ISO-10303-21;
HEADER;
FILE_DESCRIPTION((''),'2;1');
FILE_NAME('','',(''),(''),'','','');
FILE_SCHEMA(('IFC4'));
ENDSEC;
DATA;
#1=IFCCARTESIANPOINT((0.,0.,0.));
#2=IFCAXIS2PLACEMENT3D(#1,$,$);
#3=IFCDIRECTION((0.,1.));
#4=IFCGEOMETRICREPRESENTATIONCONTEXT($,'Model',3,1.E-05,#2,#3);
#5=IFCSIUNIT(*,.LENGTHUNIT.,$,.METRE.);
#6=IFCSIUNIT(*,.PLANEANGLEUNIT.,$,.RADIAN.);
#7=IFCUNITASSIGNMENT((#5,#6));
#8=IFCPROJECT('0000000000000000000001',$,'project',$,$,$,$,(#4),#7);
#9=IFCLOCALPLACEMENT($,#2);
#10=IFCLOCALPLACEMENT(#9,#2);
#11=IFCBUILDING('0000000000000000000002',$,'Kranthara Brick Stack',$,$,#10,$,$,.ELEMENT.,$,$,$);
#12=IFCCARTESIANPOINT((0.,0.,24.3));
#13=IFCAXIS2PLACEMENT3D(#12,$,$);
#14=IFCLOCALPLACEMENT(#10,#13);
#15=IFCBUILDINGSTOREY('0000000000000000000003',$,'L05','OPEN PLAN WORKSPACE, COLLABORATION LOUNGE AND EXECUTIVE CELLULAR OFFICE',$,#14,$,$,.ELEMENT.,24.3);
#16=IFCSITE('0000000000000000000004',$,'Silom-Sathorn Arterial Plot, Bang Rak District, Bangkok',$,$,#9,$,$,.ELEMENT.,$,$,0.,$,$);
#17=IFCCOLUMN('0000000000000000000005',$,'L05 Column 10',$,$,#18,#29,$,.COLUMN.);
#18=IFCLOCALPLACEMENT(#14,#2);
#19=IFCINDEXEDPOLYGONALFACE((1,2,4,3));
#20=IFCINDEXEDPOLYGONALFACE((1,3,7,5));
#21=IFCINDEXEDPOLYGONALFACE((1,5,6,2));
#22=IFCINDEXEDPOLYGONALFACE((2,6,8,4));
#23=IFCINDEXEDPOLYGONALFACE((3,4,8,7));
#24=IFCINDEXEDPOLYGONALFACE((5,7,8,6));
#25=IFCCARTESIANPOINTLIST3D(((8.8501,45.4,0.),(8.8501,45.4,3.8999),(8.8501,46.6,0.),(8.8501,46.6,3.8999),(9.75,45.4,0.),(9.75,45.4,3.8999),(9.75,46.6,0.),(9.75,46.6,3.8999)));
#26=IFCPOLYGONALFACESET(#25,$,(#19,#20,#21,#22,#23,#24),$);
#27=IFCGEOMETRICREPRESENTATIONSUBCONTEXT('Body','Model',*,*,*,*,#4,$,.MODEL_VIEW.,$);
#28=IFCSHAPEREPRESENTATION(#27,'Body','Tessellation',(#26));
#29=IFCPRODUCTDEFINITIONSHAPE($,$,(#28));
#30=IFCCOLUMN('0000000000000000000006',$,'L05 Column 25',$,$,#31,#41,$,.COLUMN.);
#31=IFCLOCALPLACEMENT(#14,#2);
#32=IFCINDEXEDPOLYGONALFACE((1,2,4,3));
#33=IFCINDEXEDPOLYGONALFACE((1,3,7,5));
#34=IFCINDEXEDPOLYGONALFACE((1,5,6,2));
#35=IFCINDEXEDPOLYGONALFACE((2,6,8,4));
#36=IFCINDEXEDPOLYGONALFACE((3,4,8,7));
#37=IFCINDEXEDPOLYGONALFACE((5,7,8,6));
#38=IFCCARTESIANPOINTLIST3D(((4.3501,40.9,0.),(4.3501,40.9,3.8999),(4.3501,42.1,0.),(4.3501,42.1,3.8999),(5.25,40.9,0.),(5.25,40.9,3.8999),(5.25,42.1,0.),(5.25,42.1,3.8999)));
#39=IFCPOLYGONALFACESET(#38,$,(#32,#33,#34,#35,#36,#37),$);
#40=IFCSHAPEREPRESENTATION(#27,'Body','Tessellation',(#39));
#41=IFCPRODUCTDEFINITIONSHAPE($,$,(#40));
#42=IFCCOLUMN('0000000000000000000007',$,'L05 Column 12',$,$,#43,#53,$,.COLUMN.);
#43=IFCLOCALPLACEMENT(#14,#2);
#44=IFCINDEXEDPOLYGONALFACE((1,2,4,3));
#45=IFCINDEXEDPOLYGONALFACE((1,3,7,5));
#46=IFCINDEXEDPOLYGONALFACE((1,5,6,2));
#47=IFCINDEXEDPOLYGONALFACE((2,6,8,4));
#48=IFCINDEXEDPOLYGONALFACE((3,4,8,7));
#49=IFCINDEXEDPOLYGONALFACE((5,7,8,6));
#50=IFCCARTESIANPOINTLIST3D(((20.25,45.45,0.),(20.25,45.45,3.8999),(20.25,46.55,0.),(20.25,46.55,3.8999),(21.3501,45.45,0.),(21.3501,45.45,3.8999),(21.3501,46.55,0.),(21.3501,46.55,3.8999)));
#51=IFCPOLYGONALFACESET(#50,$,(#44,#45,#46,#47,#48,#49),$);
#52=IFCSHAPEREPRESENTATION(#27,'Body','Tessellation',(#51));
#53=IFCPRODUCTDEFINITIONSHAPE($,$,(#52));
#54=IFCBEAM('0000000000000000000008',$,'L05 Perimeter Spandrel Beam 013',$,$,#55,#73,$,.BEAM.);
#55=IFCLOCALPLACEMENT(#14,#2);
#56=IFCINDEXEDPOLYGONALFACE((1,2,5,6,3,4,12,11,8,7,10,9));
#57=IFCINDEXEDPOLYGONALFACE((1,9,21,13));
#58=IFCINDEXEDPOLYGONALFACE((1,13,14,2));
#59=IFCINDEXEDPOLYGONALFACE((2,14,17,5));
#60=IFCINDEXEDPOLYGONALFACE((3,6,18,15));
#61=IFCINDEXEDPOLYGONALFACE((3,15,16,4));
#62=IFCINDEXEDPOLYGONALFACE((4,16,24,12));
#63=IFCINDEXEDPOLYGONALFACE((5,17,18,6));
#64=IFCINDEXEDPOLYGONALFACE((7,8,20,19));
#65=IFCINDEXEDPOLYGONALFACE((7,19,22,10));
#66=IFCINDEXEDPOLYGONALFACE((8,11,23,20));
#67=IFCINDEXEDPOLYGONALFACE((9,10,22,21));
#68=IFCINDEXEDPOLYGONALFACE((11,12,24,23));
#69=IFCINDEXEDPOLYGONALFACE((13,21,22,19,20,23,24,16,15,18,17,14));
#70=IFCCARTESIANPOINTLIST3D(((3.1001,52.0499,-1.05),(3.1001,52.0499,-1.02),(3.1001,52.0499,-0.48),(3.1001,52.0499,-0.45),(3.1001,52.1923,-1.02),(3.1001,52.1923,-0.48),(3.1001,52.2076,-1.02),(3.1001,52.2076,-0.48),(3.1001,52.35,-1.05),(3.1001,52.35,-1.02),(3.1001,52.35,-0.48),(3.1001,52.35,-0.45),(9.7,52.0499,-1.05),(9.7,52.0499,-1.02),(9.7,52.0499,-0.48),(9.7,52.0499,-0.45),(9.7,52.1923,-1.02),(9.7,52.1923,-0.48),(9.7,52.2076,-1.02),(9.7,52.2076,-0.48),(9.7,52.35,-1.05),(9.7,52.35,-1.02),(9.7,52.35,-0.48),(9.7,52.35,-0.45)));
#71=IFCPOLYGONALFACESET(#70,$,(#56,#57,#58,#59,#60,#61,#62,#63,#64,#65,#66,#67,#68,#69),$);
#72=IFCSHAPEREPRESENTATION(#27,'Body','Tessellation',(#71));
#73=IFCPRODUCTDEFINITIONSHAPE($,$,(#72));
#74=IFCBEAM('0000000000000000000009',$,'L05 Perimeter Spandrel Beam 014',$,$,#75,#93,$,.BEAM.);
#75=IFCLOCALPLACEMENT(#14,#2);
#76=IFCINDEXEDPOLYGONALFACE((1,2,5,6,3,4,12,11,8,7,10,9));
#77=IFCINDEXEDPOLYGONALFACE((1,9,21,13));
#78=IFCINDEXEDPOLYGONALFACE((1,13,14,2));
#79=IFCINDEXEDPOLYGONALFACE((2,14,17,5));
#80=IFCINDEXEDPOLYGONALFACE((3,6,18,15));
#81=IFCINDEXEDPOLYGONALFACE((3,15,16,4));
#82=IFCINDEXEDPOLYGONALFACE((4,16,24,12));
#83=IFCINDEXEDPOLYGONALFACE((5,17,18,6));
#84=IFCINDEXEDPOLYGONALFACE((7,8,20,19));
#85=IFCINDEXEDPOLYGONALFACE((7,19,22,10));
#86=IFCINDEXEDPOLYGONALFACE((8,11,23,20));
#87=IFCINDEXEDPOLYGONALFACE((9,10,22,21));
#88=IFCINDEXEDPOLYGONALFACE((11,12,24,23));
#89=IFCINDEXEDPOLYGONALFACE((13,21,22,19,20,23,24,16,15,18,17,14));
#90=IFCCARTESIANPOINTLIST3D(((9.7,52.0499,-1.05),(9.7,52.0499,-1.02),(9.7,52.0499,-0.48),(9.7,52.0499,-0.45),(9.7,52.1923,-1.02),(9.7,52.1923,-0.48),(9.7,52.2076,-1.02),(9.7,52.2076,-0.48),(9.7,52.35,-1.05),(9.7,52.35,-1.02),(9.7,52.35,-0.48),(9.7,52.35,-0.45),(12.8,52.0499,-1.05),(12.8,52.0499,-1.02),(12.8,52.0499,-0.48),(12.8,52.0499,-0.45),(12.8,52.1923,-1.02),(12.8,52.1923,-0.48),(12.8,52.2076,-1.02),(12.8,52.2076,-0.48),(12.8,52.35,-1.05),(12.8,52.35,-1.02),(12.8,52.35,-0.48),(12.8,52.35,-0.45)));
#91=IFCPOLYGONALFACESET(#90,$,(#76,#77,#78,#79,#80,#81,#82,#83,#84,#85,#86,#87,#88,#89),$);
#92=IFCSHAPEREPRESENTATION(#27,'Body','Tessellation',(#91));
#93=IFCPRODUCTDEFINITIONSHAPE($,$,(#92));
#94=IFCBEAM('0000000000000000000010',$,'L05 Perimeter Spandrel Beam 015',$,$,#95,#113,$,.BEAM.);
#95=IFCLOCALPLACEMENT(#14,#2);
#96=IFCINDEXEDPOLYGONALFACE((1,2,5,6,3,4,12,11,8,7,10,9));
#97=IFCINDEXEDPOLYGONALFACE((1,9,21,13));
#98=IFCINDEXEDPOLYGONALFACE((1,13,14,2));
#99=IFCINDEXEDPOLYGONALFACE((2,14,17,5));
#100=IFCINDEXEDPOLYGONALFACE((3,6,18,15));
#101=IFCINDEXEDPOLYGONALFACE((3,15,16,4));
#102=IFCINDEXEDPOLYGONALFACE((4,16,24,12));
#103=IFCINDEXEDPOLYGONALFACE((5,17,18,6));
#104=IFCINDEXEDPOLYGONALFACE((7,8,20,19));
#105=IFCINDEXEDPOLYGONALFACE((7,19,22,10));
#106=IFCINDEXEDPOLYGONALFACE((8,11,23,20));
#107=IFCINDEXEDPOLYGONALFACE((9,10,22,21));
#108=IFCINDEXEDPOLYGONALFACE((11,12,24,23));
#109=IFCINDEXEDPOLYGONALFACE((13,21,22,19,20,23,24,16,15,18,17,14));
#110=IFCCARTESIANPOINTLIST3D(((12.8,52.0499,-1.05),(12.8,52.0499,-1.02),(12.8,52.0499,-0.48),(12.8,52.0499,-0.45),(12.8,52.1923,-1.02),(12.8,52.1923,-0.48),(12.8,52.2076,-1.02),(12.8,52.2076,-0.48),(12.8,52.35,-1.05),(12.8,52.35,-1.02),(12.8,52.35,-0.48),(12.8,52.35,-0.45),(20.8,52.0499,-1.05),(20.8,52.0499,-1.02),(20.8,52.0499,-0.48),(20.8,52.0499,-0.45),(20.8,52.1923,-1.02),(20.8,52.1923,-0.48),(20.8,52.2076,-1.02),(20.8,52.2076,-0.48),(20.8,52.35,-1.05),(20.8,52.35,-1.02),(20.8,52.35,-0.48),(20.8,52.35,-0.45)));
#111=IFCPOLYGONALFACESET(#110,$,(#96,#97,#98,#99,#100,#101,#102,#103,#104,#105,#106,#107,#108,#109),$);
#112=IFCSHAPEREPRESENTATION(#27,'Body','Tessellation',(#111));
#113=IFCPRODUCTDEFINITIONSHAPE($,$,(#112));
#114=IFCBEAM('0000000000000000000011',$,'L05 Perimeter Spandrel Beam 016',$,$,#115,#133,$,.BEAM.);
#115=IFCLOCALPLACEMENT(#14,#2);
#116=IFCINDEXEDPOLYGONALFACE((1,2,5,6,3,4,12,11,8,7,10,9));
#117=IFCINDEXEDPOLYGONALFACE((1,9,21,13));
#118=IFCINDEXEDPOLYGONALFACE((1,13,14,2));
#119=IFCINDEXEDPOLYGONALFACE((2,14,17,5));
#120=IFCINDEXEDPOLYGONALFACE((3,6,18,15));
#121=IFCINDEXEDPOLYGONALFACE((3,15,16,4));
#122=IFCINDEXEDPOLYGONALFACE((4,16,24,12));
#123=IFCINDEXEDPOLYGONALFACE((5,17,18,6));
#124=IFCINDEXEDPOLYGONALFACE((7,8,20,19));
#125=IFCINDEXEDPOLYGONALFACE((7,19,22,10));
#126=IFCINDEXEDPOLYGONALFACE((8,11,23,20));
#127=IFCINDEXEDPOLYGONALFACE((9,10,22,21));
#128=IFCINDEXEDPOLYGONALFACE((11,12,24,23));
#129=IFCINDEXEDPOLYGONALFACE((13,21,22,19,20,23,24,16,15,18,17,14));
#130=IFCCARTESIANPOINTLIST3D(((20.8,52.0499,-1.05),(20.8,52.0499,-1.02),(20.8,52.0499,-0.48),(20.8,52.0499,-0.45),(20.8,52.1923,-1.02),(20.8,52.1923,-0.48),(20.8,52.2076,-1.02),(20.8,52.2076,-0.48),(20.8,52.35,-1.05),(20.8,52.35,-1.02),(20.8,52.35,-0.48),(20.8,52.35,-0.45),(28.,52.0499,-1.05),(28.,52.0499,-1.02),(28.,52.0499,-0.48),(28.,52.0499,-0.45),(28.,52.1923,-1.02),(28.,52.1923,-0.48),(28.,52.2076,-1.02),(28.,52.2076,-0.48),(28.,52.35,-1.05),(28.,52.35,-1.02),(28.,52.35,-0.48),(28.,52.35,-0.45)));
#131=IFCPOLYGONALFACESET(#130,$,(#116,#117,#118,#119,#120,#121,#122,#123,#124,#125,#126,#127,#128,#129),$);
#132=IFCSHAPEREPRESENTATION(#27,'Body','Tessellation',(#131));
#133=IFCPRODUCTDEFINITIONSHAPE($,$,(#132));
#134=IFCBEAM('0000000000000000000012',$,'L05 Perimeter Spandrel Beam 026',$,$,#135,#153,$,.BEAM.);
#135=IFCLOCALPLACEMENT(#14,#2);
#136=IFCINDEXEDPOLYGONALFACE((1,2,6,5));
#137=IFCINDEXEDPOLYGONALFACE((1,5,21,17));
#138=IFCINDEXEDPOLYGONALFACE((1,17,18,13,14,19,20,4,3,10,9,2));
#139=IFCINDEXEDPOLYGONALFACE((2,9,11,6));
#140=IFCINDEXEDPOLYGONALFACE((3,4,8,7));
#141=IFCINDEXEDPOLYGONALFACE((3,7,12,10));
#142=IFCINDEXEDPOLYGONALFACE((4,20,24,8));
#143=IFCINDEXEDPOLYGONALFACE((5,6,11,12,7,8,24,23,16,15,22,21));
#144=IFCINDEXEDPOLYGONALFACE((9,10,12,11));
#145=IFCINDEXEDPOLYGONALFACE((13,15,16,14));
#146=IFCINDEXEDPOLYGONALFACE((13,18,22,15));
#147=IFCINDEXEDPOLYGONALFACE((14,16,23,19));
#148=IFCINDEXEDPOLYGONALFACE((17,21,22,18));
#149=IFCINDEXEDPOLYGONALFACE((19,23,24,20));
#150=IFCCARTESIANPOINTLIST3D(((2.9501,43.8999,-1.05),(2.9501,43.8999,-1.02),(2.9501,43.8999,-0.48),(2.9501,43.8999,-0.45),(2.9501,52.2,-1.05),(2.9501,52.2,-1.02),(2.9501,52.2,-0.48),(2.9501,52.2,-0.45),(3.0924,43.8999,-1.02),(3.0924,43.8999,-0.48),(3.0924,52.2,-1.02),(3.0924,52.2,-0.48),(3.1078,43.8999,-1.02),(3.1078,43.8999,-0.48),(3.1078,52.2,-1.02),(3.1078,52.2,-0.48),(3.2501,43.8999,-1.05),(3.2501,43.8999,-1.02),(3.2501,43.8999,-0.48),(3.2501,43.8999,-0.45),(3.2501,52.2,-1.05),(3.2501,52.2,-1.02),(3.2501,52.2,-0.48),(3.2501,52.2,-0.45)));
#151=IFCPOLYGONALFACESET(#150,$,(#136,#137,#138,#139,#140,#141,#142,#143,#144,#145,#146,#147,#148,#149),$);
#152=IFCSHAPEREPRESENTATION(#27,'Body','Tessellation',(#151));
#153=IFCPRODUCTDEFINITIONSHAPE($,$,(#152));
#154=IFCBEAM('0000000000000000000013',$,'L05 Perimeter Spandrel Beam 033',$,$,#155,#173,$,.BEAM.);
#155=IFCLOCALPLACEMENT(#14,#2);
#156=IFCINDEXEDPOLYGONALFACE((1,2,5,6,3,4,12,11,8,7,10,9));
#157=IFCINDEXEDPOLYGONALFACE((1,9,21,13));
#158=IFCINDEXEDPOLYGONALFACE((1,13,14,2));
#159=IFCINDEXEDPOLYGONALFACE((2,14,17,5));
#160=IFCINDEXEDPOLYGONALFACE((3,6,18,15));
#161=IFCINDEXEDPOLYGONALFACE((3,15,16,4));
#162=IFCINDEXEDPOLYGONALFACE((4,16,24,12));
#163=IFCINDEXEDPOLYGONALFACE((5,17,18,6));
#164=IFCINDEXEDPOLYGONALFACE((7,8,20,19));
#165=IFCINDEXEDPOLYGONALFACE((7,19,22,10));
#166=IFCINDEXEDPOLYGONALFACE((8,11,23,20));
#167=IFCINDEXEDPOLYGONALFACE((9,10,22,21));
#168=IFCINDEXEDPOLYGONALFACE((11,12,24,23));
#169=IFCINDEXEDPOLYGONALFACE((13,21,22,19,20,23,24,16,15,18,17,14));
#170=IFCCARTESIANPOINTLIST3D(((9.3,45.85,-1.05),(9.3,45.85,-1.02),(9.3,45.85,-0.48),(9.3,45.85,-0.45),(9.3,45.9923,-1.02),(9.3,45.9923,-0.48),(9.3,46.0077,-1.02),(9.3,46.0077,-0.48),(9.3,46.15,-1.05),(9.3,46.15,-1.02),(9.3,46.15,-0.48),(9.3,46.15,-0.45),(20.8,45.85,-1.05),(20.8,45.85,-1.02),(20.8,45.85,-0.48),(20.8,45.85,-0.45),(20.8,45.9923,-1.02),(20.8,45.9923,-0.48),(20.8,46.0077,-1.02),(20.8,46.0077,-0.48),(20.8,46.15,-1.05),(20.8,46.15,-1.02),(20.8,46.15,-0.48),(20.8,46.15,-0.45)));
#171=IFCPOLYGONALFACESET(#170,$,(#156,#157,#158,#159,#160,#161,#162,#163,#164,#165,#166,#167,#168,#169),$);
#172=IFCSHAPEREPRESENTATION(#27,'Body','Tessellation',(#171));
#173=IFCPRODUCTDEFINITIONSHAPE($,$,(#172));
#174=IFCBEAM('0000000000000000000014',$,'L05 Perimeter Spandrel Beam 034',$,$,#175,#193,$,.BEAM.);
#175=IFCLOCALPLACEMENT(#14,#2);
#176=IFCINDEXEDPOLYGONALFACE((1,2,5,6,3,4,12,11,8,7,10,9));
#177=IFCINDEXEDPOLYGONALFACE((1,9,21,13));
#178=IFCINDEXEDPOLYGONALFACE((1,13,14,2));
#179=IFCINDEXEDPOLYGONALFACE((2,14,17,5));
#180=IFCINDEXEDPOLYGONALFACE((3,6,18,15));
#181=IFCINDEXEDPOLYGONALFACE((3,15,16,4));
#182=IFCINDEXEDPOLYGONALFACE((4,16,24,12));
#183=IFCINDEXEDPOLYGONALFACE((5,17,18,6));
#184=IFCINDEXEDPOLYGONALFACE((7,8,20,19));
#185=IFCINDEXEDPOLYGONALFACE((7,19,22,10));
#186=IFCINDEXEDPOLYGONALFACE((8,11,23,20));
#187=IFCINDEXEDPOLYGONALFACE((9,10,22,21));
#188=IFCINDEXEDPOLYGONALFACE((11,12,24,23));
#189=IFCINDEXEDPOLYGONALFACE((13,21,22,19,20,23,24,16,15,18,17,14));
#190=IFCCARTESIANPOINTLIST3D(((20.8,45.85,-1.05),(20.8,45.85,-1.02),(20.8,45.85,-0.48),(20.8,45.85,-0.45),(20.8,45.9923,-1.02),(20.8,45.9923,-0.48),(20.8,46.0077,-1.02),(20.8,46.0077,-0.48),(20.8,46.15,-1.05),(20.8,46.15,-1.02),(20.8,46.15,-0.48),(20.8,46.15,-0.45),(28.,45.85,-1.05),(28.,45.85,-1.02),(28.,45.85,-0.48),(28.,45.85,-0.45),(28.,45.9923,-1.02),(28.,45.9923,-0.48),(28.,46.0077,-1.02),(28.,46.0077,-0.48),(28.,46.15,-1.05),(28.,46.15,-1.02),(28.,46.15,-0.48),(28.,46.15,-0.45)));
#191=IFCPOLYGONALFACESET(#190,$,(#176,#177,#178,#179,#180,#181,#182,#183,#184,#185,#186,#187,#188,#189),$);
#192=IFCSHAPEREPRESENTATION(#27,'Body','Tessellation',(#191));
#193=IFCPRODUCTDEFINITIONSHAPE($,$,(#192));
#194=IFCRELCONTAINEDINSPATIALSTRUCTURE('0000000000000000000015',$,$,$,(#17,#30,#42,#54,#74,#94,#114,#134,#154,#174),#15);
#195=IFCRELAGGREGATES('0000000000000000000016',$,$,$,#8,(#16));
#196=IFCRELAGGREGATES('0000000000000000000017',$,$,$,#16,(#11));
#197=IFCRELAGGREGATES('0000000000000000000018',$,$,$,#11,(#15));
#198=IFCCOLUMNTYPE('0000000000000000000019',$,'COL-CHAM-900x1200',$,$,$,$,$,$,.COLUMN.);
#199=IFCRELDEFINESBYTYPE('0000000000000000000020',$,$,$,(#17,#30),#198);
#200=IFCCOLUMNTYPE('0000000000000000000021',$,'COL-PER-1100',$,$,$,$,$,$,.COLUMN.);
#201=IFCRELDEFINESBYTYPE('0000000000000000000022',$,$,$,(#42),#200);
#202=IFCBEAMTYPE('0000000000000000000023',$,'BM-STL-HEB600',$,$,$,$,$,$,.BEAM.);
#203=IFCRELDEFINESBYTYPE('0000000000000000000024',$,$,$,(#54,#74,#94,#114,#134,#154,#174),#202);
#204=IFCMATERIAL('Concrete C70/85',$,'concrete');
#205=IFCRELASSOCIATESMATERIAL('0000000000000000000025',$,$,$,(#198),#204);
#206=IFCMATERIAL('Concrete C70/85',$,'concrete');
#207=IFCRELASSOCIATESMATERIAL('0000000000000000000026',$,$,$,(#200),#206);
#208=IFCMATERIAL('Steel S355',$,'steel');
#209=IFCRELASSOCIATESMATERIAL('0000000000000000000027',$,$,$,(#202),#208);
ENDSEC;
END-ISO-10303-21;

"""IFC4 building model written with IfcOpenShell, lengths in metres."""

from ifc_helpers import new_model, si_unit, direction, frame, origin, origin_2d, place, context, subcontext, project, spatial, rectangle, i_section, extrude, material, material_profile, profile_set, type_object, element, save


model = new_model("IFC4")

# Units and contexts
model_context = context("Model", 3, precision=1e-05, world=origin(), true_north=direction((0.0, 1.0)))
body_context = subcontext(model_context, "Body", "Model", "MODEL_VIEW")
ifc_project = project(units=[si_unit("LENGTHUNIT", "METRE"), si_unit("PLANEANGLEUNIT", "RADIAN")], contexts=[model_context])

# Site, building, storey
site_placement = place(None, origin())
site = spatial("IfcSite", under=ifc_project, at=site_placement, Name="Silom-Sathorn Arterial Plot, Bang Rak District, Bangkok", CompositionType="ELEMENT", RefElevation=0.0)
building_placement = place(site_placement, origin())
building = spatial("IfcBuilding", under=site, at=building_placement, Name="Kranthara Brick Stack", CompositionType="ELEMENT")
storey_placement = place(building_placement, frame((0.0, 0.0, 24.3)))
storey = spatial("IfcBuildingStorey", under=building, at=storey_placement, Name="L05", Description="OPEN PLAN WORKSPACE, COLLABORATION LOUNGE AND EXECUTIVE CELLULAR OFFICE", CompositionType="ELEMENT", Elevation=24.3)

# Columns
ifc_material_1 = material(Name="Concrete C70/85", Category="concrete")
ifc_material_profile_1 = material_profile(ifc_material_1, rectangle(XDim=0.8999, YDim=1.2, at=origin_2d()), Name="RC 900x1200")
ifc_profile_set_1 = profile_set([ifc_material_profile_1], Name="Concrete C70/85")
column_type_1 = type_object("IfcColumnType", Name="COL-CHAM-900x1200", PredefinedType="COLUMN", material=ifc_profile_set_1)
for number, where, z_axis, x_axis, name in (
    (1, (9.3, 46.0, 0.0), (0.0, 0.0, 1.0), (1.0, 0.0, 0.0), "L05 Column 10"),
    (2, (4.8, 41.5, 0.0), (0.0, 0.0, 1.0), (1.0, 0.0, 0.0), "L05 Column 25"),
):
    element("IfcColumn", number, at=place(storey_placement, frame(where, z_axis=z_axis, x_axis=x_axis)), inside=storey, type_object=column_type_1, Name=name, PredefinedType="COLUMN", context=body_context, shape_type="SweptSolid", body=[
        extrude(rectangle(XDim=0.8999, YDim=1.2, at=origin_2d()), origin(), (0.0, 0.0, 1.0), 3.8999),
    ])
ifc_material_2 = material(Name="Concrete C70/85", Category="concrete")
ifc_material_profile_2 = material_profile(ifc_material_2, rectangle(XDim=1.1001, YDim=1.1001, at=origin_2d()), Name="RC 1100x1100")
ifc_profile_set_2 = profile_set([ifc_material_profile_2], Name="Concrete C70/85")
column_type_2 = type_object("IfcColumnType", Name="COL-PER-1100", PredefinedType="COLUMN", material=ifc_profile_set_2)
column_placement = place(storey_placement, frame((20.8, 46.0, 0.0), z_axis=(0.0, 0.0, 1.0), x_axis=(1.0, 0.0, 0.0)))
element("IfcColumn", 3, at=column_placement, inside=storey, type_object=column_type_2, Name="L05 Column 12", PredefinedType="COLUMN", context=body_context, shape_type="SweptSolid", body=[
    extrude(rectangle(XDim=1.1001, YDim=1.1001, at=origin_2d()), origin(), (0.0, 0.0, 1.0), 3.8999),
])

# Beams
ifc_material_3 = material(Name="Steel S355", Category="steel")
ifc_material_profile_3 = material_profile(ifc_material_3, i_section(OverallWidth=0.3, OverallDepth=0.6001, WebThickness=0.0154, FlangeThickness=0.03, at=origin_2d()), Name="HEB 600")
ifc_profile_set_3 = profile_set([ifc_material_profile_3], Name="Steel S355")
beam_type_1 = type_object("IfcBeamType", Name="BM-STL-HEB600", PredefinedType="BEAM", material=ifc_profile_set_3)
beam_1_placement = place(storey_placement, frame((3.1001, 52.2, -0.75), z_axis=(1.0, 0.0, 0.0), x_axis=(0.0, 1.0, 0.0)))
element("IfcBeam", 4, at=beam_1_placement, inside=storey, type_object=beam_type_1, Name="L05 Perimeter Spandrel Beam 013", PredefinedType="BEAM", context=body_context, shape_type="SweptSolid", body=[
    extrude(i_section(OverallWidth=0.3, OverallDepth=0.6001, WebThickness=0.0154, FlangeThickness=0.03, at=origin_2d()), origin(), (0.0, 0.0, 1.0), 6.5999),
])
beam_2_placement = place(storey_placement, frame((9.7, 52.2, -0.75), z_axis=(1.0, 0.0, 0.0), x_axis=(0.0, 1.0, 0.0)))
element("IfcBeam", 5, at=beam_2_placement, inside=storey, type_object=beam_type_1, Name="L05 Perimeter Spandrel Beam 014", PredefinedType="BEAM", context=body_context, shape_type="SweptSolid", body=[
    extrude(i_section(OverallWidth=0.3, OverallDepth=0.6001, WebThickness=0.0154, FlangeThickness=0.03, at=origin_2d()), origin(), (0.0, 0.0, 1.0), 3.1001),
])
beam_3_placement = place(storey_placement, frame((12.8, 52.2, -0.75), z_axis=(1.0, 0.0, 0.0), x_axis=(0.0, 1.0, 0.0)))
element("IfcBeam", 6, at=beam_3_placement, inside=storey, type_object=beam_type_1, Name="L05 Perimeter Spandrel Beam 015", PredefinedType="BEAM", context=body_context, shape_type="SweptSolid", body=[
    extrude(i_section(OverallWidth=0.3, OverallDepth=0.6001, WebThickness=0.0154, FlangeThickness=0.03, at=origin_2d()), origin(), (0.0, 0.0, 1.0), 8.0),
])
beam_4_placement = place(storey_placement, frame((20.8, 52.2, -0.75), z_axis=(1.0, 0.0, 0.0), x_axis=(0.0, 1.0, 0.0)))
element("IfcBeam", 7, at=beam_4_placement, inside=storey, type_object=beam_type_1, Name="L05 Perimeter Spandrel Beam 016", PredefinedType="BEAM", context=body_context, shape_type="SweptSolid", body=[
    extrude(i_section(OverallWidth=0.3, OverallDepth=0.6001, WebThickness=0.0154, FlangeThickness=0.03, at=origin_2d()), origin(), (0.0, 0.0, 1.0), 7.2),
])
beam_5_placement = place(storey_placement, frame((3.1001, 43.8999, -0.75), z_axis=(0.0, 1.0, 0.0), x_axis=(-1.0, 0.0, 0.0)))
element("IfcBeam", 8, at=beam_5_placement, inside=storey, type_object=beam_type_1, Name="L05 Perimeter Spandrel Beam 026", PredefinedType="BEAM", context=body_context, shape_type="SweptSolid", body=[
    extrude(i_section(OverallWidth=0.3, OverallDepth=0.6001, WebThickness=0.0154, FlangeThickness=0.03, at=origin_2d()), origin(), (0.0, 0.0, 1.0), 8.3),
])
beam_6_placement = place(storey_placement, frame((9.3, 46.0, -0.75), z_axis=(1.0, 0.0, 0.0), x_axis=(0.0, 1.0, 0.0)))
element("IfcBeam", 9, at=beam_6_placement, inside=storey, type_object=beam_type_1, Name="L05 Perimeter Spandrel Beam 033", PredefinedType="BEAM", context=body_context, shape_type="SweptSolid", body=[
    extrude(i_section(OverallWidth=0.3, OverallDepth=0.6001, WebThickness=0.0154, FlangeThickness=0.03, at=origin_2d()), origin(), (0.0, 0.0, 1.0), 11.5),
])
beam_7_placement = place(storey_placement, frame((20.8, 46.0, -0.75), z_axis=(1.0, 0.0, 0.0), x_axis=(0.0, 1.0, 0.0)))
element("IfcBeam", 10, at=beam_7_placement, inside=storey, type_object=beam_type_1, Name="L05 Perimeter Spandrel Beam 034", PredefinedType="BEAM", context=body_context, shape_type="SweptSolid", body=[
    extrude(i_section(OverallWidth=0.3, OverallDepth=0.6001, WebThickness=0.0154, FlangeThickness=0.03, at=origin_2d()), origin(), (0.0, 0.0, 1.0), 7.2),
])

save(model, "model.ifc")
